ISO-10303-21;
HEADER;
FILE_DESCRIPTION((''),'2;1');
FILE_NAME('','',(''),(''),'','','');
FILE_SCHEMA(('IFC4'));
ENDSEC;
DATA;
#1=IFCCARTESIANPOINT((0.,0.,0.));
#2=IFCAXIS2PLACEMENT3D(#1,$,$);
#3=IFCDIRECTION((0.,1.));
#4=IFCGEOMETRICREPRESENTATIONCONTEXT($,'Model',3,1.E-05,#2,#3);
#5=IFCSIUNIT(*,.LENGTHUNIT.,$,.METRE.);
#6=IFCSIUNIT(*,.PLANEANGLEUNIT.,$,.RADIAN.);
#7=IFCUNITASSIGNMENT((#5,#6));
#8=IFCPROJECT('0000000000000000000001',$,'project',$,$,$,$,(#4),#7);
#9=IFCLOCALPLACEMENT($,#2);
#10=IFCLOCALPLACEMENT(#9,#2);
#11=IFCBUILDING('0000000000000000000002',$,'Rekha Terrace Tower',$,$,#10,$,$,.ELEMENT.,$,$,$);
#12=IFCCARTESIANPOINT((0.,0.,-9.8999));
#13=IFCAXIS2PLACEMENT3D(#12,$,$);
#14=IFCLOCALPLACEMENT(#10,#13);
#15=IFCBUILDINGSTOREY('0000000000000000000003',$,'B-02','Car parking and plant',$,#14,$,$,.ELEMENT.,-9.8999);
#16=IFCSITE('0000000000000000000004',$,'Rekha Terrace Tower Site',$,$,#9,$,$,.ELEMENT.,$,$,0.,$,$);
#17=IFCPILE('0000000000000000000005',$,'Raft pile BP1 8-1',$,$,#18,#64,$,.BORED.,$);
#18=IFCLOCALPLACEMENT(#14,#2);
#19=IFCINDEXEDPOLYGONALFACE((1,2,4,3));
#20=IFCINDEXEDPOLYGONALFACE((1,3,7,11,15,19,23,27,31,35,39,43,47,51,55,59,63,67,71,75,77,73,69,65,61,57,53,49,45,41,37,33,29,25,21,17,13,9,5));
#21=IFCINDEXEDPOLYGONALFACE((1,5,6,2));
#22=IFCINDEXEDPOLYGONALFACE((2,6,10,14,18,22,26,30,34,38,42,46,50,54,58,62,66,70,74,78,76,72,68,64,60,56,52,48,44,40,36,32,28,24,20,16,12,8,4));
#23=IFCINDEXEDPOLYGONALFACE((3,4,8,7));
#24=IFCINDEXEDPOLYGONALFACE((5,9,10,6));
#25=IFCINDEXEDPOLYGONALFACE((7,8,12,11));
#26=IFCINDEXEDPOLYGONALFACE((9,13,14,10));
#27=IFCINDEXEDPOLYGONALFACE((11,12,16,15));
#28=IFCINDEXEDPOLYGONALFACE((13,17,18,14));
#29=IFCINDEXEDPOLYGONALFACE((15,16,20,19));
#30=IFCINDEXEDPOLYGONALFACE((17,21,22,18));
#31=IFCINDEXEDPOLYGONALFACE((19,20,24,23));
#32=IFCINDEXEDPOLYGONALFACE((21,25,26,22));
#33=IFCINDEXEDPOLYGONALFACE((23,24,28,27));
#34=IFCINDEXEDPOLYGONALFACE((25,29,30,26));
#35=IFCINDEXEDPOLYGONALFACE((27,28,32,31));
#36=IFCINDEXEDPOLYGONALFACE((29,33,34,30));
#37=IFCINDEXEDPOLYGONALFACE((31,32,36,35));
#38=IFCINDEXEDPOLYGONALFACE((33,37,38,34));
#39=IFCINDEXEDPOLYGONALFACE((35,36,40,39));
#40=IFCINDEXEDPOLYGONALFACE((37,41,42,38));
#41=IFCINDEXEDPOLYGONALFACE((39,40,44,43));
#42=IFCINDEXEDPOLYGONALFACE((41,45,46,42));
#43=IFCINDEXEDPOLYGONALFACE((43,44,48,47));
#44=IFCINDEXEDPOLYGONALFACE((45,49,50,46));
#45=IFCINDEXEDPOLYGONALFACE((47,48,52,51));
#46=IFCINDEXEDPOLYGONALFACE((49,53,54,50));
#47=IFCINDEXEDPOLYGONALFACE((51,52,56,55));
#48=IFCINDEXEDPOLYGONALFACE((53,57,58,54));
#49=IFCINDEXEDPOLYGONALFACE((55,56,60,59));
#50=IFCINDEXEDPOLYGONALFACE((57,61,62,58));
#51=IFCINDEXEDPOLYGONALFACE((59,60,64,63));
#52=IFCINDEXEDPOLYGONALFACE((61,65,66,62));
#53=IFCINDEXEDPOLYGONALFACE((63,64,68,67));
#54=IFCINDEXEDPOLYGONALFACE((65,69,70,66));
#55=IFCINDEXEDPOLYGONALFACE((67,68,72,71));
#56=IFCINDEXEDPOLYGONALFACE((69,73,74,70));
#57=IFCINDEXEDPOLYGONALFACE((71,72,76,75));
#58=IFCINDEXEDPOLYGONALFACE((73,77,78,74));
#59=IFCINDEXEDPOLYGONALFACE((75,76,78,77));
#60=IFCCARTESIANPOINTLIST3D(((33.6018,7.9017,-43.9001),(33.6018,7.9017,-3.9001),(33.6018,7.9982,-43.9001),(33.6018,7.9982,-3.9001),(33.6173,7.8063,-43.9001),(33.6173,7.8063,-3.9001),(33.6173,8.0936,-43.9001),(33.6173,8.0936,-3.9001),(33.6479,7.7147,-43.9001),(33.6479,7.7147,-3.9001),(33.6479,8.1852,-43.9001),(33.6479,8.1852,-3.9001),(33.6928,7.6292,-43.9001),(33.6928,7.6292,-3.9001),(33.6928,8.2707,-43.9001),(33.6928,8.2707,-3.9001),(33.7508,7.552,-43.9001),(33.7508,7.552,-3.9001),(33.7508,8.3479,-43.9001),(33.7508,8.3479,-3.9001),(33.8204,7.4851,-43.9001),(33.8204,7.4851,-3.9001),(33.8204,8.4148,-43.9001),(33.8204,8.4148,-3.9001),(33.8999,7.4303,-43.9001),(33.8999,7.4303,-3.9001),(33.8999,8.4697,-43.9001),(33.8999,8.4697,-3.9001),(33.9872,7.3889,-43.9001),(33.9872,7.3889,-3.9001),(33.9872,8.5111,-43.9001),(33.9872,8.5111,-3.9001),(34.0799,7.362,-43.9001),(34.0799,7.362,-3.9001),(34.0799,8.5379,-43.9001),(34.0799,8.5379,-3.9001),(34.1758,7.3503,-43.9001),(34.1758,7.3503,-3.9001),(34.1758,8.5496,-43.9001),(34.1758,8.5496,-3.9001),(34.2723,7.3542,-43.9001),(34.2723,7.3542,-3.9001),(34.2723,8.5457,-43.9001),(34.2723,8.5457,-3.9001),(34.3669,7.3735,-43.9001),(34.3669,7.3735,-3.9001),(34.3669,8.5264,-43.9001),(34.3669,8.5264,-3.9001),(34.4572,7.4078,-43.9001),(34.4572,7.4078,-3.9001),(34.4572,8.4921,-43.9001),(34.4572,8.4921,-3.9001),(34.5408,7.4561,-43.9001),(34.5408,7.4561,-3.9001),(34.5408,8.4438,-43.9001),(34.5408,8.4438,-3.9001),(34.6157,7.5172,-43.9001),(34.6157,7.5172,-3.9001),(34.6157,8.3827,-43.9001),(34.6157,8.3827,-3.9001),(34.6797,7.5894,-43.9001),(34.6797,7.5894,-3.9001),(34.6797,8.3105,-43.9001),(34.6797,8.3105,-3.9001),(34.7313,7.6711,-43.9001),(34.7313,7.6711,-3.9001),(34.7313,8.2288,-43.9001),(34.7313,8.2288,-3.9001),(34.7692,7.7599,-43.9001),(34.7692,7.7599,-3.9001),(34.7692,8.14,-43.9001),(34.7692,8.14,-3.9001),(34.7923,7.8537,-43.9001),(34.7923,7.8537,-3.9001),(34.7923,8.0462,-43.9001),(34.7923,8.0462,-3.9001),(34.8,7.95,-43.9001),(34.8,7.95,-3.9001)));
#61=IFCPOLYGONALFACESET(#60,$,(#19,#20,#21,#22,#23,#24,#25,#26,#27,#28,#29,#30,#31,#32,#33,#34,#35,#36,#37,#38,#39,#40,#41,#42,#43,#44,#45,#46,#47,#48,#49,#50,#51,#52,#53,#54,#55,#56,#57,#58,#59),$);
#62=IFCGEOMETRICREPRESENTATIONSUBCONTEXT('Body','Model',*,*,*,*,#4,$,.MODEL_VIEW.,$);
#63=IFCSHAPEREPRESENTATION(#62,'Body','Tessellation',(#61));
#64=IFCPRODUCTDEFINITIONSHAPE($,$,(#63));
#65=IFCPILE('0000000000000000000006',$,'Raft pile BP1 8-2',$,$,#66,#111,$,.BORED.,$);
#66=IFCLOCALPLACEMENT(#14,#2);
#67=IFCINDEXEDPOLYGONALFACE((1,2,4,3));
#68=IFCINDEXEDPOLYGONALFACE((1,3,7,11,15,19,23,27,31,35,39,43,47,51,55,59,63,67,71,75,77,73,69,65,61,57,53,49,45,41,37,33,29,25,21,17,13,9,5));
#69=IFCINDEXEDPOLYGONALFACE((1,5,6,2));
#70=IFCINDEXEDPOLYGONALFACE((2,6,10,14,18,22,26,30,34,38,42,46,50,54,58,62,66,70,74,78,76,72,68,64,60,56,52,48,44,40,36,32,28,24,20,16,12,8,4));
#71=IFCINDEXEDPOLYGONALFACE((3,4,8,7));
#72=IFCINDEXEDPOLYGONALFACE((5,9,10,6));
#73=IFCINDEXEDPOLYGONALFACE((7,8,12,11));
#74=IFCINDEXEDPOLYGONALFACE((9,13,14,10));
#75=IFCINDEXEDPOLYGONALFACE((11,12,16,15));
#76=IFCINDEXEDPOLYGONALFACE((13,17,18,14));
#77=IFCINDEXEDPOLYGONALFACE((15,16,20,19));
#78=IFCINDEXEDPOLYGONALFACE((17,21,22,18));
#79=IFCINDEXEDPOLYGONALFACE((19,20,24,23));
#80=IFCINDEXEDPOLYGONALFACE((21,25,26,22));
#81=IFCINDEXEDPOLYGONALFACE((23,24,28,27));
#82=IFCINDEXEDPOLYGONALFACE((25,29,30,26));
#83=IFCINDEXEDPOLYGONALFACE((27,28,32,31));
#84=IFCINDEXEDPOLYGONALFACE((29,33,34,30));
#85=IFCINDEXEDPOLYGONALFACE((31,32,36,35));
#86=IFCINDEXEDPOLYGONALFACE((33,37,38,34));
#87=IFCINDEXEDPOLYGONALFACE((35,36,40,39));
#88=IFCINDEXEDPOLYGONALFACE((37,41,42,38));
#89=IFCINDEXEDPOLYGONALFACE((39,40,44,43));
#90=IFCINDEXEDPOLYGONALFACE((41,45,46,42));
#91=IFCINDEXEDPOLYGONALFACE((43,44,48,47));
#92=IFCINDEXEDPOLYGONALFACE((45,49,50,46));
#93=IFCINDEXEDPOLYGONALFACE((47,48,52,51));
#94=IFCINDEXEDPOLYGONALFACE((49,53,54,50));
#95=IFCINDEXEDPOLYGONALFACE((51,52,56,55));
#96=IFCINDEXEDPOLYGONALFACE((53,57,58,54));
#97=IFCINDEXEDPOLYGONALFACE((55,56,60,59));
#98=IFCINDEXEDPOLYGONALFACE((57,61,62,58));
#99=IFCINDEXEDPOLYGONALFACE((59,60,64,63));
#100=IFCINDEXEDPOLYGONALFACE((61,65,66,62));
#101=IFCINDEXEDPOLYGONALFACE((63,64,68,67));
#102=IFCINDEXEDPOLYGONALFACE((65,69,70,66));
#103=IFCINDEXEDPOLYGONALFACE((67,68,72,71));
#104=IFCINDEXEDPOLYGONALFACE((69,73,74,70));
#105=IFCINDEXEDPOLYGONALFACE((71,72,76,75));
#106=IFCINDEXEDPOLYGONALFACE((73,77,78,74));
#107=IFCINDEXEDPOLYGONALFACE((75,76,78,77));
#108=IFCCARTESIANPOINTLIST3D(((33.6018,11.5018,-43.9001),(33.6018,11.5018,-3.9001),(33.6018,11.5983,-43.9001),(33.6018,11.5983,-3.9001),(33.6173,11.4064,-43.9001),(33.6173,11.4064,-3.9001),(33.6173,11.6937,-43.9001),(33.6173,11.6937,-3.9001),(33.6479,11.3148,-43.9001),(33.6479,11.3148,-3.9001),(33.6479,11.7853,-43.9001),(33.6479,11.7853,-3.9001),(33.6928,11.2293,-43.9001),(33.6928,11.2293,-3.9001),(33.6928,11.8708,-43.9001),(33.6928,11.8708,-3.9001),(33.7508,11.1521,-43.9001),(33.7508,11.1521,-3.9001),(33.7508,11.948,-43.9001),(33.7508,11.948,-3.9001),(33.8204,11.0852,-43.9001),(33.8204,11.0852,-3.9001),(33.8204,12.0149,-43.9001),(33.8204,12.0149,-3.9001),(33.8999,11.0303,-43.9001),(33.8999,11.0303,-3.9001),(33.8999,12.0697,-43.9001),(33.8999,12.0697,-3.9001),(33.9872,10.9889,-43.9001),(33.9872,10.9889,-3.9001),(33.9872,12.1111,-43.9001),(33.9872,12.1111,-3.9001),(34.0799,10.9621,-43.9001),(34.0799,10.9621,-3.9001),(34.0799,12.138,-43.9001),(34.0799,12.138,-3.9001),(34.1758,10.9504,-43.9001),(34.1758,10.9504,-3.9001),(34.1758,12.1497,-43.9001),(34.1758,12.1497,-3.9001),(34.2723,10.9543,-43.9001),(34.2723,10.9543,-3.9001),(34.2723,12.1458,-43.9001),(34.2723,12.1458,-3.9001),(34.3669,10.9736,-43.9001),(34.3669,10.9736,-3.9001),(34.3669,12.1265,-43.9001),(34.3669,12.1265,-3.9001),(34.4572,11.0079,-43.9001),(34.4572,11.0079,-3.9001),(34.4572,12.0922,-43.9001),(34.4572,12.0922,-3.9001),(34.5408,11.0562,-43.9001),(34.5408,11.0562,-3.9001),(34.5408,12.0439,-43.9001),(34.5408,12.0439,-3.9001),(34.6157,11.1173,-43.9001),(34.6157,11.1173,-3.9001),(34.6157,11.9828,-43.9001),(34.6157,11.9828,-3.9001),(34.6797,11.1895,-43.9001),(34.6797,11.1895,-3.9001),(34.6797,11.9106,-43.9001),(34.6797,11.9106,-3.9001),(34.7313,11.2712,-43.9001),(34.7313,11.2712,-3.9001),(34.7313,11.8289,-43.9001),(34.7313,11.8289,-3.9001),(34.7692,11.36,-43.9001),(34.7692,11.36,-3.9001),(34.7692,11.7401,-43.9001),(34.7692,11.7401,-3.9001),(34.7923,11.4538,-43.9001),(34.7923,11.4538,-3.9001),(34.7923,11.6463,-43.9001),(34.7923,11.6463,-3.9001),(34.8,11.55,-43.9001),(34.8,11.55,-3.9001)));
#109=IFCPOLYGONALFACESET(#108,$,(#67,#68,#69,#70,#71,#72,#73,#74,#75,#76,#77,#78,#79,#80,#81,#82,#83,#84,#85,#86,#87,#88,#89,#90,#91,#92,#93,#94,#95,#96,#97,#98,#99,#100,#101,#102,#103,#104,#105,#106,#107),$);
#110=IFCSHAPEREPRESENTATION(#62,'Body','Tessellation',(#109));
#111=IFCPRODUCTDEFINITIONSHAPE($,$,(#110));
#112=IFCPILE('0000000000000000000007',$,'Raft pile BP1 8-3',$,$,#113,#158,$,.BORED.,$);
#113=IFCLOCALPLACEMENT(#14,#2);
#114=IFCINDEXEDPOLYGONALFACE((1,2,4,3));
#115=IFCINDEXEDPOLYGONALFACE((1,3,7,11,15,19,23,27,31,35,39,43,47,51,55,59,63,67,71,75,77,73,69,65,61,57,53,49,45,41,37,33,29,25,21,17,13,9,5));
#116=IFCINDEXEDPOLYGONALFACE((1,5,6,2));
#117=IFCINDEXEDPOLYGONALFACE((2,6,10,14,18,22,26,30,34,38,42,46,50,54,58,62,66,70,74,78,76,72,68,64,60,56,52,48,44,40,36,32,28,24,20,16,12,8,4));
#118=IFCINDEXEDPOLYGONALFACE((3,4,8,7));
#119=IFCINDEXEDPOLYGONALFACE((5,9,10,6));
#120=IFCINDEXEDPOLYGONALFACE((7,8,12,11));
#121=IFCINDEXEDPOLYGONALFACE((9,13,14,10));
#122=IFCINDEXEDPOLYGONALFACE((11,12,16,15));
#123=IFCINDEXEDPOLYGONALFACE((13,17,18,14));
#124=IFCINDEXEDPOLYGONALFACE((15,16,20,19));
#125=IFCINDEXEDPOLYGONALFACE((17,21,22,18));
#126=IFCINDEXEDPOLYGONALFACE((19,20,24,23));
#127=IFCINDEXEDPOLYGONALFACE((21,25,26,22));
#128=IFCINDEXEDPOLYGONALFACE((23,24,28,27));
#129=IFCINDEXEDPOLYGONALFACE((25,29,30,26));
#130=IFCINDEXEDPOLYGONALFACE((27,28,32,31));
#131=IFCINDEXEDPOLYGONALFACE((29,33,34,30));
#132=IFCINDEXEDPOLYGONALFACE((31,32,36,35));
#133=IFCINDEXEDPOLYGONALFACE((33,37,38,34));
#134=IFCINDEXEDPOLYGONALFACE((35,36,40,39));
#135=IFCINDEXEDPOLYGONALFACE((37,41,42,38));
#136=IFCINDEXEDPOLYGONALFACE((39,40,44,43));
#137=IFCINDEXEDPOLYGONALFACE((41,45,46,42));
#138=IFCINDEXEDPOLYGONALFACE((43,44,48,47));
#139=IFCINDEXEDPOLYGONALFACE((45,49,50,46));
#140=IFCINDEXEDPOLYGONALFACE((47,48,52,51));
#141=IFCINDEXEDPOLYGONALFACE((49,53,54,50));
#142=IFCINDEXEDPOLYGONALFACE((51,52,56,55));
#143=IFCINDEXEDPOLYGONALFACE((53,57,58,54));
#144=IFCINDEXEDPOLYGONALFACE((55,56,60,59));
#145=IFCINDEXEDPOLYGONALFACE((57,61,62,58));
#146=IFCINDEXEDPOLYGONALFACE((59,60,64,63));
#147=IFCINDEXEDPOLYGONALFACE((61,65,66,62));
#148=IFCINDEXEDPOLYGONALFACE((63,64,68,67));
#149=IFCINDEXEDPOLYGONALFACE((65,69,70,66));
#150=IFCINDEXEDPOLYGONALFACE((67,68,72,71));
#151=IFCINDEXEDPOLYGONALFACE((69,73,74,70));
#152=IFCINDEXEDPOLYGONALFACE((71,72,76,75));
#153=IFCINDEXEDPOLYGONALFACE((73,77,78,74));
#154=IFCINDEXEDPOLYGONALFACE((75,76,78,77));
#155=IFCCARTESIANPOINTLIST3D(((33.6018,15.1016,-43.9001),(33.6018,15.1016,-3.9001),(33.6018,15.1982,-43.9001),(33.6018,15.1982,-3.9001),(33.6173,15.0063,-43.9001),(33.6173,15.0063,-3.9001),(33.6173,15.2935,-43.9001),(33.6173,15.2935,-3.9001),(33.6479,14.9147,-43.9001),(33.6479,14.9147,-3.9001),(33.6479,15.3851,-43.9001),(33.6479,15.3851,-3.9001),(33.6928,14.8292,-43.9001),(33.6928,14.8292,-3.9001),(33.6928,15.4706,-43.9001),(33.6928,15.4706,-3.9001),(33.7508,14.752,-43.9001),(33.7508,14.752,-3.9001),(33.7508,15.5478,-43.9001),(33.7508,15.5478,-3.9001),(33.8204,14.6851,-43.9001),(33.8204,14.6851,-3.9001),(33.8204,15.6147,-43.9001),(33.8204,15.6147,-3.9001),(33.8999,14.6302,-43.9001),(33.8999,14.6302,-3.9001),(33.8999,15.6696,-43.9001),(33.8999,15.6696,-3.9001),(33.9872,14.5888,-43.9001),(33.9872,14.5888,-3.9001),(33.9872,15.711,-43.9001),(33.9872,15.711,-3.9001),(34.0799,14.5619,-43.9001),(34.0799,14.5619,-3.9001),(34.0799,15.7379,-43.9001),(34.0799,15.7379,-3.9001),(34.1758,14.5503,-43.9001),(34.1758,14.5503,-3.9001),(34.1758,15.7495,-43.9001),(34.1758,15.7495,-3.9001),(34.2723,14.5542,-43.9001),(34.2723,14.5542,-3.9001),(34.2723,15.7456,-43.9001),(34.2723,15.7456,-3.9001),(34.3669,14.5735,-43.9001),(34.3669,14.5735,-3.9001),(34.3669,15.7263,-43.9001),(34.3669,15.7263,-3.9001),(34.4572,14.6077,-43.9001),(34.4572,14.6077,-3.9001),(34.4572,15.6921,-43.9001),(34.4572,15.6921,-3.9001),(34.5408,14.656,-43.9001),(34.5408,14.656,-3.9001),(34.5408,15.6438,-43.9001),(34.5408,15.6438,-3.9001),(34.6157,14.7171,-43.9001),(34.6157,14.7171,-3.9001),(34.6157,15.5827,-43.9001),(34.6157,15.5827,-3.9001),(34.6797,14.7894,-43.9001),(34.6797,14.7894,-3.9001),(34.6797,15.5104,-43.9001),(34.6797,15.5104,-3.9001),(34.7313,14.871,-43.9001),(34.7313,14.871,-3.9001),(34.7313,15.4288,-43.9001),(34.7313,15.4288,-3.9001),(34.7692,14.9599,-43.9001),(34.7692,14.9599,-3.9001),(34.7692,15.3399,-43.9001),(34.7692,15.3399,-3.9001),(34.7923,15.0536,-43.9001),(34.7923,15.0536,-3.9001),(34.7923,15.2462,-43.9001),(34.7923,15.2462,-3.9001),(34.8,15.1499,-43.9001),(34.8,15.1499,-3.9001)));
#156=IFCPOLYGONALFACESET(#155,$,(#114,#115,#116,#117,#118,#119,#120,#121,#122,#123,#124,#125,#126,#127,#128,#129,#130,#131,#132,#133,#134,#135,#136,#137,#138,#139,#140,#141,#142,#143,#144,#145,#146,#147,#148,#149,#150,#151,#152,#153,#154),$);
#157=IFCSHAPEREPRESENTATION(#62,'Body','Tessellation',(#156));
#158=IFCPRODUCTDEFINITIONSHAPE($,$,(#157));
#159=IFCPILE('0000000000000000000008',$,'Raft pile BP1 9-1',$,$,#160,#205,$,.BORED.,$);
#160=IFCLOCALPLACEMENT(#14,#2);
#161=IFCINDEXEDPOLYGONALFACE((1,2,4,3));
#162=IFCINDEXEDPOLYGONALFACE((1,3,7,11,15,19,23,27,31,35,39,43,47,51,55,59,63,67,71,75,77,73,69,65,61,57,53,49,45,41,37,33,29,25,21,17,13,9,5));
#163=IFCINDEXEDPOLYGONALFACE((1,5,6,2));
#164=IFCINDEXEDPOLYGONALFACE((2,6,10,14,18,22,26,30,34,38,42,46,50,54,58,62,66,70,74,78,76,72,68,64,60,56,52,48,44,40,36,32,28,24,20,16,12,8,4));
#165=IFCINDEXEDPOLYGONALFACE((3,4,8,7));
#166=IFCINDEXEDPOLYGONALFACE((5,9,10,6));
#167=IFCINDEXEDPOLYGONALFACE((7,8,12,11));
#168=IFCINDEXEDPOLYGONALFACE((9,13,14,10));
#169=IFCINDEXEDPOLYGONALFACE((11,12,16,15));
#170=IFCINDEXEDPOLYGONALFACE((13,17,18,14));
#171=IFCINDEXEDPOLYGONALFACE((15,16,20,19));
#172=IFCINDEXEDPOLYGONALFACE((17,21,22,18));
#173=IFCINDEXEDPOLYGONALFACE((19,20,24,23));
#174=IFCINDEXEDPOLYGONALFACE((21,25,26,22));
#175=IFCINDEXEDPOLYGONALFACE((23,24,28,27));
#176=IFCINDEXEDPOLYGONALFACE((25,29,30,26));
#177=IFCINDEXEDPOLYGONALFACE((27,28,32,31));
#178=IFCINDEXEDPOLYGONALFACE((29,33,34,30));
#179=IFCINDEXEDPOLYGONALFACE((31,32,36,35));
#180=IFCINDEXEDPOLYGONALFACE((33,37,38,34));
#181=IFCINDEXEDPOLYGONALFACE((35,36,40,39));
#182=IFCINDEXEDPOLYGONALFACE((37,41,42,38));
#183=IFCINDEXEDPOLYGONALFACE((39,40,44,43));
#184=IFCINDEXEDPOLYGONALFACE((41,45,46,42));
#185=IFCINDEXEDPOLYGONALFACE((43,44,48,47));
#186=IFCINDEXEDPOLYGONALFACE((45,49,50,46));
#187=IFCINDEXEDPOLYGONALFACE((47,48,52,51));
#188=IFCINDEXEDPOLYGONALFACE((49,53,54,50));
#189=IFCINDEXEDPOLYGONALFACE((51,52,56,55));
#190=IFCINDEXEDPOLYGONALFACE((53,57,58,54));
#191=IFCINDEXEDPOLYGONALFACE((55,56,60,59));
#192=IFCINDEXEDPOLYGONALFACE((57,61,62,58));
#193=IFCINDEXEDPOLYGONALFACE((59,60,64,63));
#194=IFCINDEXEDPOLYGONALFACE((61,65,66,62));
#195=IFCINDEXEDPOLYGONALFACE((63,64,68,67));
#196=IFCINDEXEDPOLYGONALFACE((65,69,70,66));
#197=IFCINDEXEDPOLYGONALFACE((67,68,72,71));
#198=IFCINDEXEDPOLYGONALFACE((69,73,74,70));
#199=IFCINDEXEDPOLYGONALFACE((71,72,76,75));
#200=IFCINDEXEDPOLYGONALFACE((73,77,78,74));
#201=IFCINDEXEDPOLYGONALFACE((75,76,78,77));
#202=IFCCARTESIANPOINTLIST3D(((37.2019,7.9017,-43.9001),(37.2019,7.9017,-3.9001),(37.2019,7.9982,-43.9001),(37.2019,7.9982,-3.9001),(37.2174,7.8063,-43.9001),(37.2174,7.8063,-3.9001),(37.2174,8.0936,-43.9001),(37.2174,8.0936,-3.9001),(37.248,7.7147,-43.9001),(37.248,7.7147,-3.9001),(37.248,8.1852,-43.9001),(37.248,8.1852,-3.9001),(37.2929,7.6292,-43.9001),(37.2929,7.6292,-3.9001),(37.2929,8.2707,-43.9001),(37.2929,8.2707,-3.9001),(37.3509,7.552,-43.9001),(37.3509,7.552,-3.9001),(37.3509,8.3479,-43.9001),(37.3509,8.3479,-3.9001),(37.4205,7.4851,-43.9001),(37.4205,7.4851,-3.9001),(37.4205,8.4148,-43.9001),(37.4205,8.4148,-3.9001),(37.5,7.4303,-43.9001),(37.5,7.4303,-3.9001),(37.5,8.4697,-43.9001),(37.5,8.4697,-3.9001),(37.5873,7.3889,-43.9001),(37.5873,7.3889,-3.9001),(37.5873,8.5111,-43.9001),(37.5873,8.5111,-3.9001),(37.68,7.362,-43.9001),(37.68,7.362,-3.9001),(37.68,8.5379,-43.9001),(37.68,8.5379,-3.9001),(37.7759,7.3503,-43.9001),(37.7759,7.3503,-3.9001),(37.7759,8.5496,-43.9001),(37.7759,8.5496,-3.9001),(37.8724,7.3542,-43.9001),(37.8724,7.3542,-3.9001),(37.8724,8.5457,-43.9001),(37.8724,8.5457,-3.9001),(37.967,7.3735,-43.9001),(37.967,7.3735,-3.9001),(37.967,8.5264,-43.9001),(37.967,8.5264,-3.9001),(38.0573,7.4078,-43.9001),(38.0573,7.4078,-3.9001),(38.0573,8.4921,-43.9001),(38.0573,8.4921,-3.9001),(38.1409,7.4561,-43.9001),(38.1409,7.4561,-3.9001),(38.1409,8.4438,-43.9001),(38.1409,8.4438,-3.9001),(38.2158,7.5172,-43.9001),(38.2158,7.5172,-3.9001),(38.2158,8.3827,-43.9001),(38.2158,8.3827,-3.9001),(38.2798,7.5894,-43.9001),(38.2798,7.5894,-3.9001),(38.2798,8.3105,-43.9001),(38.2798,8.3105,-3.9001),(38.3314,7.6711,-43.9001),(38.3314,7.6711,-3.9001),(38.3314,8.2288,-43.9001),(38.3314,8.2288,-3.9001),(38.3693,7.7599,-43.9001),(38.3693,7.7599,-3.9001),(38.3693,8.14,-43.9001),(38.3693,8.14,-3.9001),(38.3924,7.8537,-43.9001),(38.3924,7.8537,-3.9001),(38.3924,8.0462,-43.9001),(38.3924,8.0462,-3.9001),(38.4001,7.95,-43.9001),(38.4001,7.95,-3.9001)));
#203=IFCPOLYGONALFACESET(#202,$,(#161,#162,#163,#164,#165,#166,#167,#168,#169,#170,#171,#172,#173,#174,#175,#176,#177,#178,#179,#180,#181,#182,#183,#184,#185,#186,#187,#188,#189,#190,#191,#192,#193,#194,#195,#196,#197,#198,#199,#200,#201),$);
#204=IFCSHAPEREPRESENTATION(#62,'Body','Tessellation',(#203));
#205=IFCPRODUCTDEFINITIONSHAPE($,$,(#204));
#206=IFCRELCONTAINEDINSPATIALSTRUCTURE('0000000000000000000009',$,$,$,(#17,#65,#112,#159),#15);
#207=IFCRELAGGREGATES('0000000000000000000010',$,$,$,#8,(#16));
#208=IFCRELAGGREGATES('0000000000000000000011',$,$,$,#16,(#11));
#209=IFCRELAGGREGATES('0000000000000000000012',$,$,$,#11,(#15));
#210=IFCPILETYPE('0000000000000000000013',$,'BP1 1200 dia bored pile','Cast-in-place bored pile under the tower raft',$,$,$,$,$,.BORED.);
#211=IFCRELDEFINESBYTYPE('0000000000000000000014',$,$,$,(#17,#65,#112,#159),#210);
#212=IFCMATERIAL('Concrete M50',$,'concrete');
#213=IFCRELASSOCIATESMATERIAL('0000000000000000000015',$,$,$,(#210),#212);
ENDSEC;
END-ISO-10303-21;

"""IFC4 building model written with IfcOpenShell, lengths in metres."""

from ifc_helpers import new_model, si_unit, direction, frame, origin, origin_2d, place, context, subcontext, project, spatial, circle, extrude, material, type_object, element, save


model = new_model("IFC4")

# Units and contexts
model_context = context("Model", 3, precision=1e-05, world=origin(), true_north=direction((0.0, 1.0)))
body_context = subcontext(model_context, "Body", "Model", "MODEL_VIEW")
ifc_project = project(units=[si_unit("LENGTHUNIT", "METRE"), si_unit("PLANEANGLEUNIT", "RADIAN")], contexts=[model_context])

# Site, building, storey
site_placement = place(None, origin())
site = spatial("IfcSite", under=ifc_project, at=site_placement, Name="Rekha Terrace Tower Site", CompositionType="ELEMENT", RefElevation=0.0)
building_placement = place(site_placement, origin())
building = spatial("IfcBuilding", under=site, at=building_placement, Name="Rekha Terrace Tower", CompositionType="ELEMENT")
storey_placement = place(building_placement, frame((0.0, 0.0, -9.8999)))
storey = spatial("IfcBuildingStorey", under=building, at=storey_placement, Name="B-02", Description="Car parking and plant", CompositionType="ELEMENT", Elevation=-9.8999)

# Piles
ifc_material_1 = material(Name="Concrete M50", Category="concrete")
pile_type_1 = type_object("IfcPileType", Name="BP1 1200 dia bored pile", Description="Cast-in-place bored pile under the tower raft", PredefinedType="BORED", material=ifc_material_1)
for number, where, z_axis, x_axis, name in (
    (1, (34.2, 7.95, -3.9001), (0.0, 0.0, -1.0), (1.0, 0.0, 0.0), "Raft pile BP1 8-1"),
    (2, (34.2, 11.55, -3.9001), (0.0, 0.0, -1.0), (1.0, 0.0, 0.0), "Raft pile BP1 8-2"),
    (3, (34.2, 15.1499, -3.9001), (0.0, 0.0, -1.0), (1.0, 0.0, 0.0), "Raft pile BP1 8-3"),
    (4, (37.8, 7.95, -3.9001), (0.0, 0.0, -1.0), (1.0, 0.0, 0.0), "Raft pile BP1 9-1"),
):
    element("IfcPile", number, at=place(storey_placement, frame(where, z_axis=z_axis, x_axis=x_axis)), inside=storey, type_object=pile_type_1, Name=name, PredefinedType="BORED", context=body_context, shape_type="SweptSolid", body=[
        extrude(circle(Radius=0.6001, at=origin_2d()), origin(), (0.0, 0.0, 1.0), 40.0),
    ])

save(model, "model.ifc")
